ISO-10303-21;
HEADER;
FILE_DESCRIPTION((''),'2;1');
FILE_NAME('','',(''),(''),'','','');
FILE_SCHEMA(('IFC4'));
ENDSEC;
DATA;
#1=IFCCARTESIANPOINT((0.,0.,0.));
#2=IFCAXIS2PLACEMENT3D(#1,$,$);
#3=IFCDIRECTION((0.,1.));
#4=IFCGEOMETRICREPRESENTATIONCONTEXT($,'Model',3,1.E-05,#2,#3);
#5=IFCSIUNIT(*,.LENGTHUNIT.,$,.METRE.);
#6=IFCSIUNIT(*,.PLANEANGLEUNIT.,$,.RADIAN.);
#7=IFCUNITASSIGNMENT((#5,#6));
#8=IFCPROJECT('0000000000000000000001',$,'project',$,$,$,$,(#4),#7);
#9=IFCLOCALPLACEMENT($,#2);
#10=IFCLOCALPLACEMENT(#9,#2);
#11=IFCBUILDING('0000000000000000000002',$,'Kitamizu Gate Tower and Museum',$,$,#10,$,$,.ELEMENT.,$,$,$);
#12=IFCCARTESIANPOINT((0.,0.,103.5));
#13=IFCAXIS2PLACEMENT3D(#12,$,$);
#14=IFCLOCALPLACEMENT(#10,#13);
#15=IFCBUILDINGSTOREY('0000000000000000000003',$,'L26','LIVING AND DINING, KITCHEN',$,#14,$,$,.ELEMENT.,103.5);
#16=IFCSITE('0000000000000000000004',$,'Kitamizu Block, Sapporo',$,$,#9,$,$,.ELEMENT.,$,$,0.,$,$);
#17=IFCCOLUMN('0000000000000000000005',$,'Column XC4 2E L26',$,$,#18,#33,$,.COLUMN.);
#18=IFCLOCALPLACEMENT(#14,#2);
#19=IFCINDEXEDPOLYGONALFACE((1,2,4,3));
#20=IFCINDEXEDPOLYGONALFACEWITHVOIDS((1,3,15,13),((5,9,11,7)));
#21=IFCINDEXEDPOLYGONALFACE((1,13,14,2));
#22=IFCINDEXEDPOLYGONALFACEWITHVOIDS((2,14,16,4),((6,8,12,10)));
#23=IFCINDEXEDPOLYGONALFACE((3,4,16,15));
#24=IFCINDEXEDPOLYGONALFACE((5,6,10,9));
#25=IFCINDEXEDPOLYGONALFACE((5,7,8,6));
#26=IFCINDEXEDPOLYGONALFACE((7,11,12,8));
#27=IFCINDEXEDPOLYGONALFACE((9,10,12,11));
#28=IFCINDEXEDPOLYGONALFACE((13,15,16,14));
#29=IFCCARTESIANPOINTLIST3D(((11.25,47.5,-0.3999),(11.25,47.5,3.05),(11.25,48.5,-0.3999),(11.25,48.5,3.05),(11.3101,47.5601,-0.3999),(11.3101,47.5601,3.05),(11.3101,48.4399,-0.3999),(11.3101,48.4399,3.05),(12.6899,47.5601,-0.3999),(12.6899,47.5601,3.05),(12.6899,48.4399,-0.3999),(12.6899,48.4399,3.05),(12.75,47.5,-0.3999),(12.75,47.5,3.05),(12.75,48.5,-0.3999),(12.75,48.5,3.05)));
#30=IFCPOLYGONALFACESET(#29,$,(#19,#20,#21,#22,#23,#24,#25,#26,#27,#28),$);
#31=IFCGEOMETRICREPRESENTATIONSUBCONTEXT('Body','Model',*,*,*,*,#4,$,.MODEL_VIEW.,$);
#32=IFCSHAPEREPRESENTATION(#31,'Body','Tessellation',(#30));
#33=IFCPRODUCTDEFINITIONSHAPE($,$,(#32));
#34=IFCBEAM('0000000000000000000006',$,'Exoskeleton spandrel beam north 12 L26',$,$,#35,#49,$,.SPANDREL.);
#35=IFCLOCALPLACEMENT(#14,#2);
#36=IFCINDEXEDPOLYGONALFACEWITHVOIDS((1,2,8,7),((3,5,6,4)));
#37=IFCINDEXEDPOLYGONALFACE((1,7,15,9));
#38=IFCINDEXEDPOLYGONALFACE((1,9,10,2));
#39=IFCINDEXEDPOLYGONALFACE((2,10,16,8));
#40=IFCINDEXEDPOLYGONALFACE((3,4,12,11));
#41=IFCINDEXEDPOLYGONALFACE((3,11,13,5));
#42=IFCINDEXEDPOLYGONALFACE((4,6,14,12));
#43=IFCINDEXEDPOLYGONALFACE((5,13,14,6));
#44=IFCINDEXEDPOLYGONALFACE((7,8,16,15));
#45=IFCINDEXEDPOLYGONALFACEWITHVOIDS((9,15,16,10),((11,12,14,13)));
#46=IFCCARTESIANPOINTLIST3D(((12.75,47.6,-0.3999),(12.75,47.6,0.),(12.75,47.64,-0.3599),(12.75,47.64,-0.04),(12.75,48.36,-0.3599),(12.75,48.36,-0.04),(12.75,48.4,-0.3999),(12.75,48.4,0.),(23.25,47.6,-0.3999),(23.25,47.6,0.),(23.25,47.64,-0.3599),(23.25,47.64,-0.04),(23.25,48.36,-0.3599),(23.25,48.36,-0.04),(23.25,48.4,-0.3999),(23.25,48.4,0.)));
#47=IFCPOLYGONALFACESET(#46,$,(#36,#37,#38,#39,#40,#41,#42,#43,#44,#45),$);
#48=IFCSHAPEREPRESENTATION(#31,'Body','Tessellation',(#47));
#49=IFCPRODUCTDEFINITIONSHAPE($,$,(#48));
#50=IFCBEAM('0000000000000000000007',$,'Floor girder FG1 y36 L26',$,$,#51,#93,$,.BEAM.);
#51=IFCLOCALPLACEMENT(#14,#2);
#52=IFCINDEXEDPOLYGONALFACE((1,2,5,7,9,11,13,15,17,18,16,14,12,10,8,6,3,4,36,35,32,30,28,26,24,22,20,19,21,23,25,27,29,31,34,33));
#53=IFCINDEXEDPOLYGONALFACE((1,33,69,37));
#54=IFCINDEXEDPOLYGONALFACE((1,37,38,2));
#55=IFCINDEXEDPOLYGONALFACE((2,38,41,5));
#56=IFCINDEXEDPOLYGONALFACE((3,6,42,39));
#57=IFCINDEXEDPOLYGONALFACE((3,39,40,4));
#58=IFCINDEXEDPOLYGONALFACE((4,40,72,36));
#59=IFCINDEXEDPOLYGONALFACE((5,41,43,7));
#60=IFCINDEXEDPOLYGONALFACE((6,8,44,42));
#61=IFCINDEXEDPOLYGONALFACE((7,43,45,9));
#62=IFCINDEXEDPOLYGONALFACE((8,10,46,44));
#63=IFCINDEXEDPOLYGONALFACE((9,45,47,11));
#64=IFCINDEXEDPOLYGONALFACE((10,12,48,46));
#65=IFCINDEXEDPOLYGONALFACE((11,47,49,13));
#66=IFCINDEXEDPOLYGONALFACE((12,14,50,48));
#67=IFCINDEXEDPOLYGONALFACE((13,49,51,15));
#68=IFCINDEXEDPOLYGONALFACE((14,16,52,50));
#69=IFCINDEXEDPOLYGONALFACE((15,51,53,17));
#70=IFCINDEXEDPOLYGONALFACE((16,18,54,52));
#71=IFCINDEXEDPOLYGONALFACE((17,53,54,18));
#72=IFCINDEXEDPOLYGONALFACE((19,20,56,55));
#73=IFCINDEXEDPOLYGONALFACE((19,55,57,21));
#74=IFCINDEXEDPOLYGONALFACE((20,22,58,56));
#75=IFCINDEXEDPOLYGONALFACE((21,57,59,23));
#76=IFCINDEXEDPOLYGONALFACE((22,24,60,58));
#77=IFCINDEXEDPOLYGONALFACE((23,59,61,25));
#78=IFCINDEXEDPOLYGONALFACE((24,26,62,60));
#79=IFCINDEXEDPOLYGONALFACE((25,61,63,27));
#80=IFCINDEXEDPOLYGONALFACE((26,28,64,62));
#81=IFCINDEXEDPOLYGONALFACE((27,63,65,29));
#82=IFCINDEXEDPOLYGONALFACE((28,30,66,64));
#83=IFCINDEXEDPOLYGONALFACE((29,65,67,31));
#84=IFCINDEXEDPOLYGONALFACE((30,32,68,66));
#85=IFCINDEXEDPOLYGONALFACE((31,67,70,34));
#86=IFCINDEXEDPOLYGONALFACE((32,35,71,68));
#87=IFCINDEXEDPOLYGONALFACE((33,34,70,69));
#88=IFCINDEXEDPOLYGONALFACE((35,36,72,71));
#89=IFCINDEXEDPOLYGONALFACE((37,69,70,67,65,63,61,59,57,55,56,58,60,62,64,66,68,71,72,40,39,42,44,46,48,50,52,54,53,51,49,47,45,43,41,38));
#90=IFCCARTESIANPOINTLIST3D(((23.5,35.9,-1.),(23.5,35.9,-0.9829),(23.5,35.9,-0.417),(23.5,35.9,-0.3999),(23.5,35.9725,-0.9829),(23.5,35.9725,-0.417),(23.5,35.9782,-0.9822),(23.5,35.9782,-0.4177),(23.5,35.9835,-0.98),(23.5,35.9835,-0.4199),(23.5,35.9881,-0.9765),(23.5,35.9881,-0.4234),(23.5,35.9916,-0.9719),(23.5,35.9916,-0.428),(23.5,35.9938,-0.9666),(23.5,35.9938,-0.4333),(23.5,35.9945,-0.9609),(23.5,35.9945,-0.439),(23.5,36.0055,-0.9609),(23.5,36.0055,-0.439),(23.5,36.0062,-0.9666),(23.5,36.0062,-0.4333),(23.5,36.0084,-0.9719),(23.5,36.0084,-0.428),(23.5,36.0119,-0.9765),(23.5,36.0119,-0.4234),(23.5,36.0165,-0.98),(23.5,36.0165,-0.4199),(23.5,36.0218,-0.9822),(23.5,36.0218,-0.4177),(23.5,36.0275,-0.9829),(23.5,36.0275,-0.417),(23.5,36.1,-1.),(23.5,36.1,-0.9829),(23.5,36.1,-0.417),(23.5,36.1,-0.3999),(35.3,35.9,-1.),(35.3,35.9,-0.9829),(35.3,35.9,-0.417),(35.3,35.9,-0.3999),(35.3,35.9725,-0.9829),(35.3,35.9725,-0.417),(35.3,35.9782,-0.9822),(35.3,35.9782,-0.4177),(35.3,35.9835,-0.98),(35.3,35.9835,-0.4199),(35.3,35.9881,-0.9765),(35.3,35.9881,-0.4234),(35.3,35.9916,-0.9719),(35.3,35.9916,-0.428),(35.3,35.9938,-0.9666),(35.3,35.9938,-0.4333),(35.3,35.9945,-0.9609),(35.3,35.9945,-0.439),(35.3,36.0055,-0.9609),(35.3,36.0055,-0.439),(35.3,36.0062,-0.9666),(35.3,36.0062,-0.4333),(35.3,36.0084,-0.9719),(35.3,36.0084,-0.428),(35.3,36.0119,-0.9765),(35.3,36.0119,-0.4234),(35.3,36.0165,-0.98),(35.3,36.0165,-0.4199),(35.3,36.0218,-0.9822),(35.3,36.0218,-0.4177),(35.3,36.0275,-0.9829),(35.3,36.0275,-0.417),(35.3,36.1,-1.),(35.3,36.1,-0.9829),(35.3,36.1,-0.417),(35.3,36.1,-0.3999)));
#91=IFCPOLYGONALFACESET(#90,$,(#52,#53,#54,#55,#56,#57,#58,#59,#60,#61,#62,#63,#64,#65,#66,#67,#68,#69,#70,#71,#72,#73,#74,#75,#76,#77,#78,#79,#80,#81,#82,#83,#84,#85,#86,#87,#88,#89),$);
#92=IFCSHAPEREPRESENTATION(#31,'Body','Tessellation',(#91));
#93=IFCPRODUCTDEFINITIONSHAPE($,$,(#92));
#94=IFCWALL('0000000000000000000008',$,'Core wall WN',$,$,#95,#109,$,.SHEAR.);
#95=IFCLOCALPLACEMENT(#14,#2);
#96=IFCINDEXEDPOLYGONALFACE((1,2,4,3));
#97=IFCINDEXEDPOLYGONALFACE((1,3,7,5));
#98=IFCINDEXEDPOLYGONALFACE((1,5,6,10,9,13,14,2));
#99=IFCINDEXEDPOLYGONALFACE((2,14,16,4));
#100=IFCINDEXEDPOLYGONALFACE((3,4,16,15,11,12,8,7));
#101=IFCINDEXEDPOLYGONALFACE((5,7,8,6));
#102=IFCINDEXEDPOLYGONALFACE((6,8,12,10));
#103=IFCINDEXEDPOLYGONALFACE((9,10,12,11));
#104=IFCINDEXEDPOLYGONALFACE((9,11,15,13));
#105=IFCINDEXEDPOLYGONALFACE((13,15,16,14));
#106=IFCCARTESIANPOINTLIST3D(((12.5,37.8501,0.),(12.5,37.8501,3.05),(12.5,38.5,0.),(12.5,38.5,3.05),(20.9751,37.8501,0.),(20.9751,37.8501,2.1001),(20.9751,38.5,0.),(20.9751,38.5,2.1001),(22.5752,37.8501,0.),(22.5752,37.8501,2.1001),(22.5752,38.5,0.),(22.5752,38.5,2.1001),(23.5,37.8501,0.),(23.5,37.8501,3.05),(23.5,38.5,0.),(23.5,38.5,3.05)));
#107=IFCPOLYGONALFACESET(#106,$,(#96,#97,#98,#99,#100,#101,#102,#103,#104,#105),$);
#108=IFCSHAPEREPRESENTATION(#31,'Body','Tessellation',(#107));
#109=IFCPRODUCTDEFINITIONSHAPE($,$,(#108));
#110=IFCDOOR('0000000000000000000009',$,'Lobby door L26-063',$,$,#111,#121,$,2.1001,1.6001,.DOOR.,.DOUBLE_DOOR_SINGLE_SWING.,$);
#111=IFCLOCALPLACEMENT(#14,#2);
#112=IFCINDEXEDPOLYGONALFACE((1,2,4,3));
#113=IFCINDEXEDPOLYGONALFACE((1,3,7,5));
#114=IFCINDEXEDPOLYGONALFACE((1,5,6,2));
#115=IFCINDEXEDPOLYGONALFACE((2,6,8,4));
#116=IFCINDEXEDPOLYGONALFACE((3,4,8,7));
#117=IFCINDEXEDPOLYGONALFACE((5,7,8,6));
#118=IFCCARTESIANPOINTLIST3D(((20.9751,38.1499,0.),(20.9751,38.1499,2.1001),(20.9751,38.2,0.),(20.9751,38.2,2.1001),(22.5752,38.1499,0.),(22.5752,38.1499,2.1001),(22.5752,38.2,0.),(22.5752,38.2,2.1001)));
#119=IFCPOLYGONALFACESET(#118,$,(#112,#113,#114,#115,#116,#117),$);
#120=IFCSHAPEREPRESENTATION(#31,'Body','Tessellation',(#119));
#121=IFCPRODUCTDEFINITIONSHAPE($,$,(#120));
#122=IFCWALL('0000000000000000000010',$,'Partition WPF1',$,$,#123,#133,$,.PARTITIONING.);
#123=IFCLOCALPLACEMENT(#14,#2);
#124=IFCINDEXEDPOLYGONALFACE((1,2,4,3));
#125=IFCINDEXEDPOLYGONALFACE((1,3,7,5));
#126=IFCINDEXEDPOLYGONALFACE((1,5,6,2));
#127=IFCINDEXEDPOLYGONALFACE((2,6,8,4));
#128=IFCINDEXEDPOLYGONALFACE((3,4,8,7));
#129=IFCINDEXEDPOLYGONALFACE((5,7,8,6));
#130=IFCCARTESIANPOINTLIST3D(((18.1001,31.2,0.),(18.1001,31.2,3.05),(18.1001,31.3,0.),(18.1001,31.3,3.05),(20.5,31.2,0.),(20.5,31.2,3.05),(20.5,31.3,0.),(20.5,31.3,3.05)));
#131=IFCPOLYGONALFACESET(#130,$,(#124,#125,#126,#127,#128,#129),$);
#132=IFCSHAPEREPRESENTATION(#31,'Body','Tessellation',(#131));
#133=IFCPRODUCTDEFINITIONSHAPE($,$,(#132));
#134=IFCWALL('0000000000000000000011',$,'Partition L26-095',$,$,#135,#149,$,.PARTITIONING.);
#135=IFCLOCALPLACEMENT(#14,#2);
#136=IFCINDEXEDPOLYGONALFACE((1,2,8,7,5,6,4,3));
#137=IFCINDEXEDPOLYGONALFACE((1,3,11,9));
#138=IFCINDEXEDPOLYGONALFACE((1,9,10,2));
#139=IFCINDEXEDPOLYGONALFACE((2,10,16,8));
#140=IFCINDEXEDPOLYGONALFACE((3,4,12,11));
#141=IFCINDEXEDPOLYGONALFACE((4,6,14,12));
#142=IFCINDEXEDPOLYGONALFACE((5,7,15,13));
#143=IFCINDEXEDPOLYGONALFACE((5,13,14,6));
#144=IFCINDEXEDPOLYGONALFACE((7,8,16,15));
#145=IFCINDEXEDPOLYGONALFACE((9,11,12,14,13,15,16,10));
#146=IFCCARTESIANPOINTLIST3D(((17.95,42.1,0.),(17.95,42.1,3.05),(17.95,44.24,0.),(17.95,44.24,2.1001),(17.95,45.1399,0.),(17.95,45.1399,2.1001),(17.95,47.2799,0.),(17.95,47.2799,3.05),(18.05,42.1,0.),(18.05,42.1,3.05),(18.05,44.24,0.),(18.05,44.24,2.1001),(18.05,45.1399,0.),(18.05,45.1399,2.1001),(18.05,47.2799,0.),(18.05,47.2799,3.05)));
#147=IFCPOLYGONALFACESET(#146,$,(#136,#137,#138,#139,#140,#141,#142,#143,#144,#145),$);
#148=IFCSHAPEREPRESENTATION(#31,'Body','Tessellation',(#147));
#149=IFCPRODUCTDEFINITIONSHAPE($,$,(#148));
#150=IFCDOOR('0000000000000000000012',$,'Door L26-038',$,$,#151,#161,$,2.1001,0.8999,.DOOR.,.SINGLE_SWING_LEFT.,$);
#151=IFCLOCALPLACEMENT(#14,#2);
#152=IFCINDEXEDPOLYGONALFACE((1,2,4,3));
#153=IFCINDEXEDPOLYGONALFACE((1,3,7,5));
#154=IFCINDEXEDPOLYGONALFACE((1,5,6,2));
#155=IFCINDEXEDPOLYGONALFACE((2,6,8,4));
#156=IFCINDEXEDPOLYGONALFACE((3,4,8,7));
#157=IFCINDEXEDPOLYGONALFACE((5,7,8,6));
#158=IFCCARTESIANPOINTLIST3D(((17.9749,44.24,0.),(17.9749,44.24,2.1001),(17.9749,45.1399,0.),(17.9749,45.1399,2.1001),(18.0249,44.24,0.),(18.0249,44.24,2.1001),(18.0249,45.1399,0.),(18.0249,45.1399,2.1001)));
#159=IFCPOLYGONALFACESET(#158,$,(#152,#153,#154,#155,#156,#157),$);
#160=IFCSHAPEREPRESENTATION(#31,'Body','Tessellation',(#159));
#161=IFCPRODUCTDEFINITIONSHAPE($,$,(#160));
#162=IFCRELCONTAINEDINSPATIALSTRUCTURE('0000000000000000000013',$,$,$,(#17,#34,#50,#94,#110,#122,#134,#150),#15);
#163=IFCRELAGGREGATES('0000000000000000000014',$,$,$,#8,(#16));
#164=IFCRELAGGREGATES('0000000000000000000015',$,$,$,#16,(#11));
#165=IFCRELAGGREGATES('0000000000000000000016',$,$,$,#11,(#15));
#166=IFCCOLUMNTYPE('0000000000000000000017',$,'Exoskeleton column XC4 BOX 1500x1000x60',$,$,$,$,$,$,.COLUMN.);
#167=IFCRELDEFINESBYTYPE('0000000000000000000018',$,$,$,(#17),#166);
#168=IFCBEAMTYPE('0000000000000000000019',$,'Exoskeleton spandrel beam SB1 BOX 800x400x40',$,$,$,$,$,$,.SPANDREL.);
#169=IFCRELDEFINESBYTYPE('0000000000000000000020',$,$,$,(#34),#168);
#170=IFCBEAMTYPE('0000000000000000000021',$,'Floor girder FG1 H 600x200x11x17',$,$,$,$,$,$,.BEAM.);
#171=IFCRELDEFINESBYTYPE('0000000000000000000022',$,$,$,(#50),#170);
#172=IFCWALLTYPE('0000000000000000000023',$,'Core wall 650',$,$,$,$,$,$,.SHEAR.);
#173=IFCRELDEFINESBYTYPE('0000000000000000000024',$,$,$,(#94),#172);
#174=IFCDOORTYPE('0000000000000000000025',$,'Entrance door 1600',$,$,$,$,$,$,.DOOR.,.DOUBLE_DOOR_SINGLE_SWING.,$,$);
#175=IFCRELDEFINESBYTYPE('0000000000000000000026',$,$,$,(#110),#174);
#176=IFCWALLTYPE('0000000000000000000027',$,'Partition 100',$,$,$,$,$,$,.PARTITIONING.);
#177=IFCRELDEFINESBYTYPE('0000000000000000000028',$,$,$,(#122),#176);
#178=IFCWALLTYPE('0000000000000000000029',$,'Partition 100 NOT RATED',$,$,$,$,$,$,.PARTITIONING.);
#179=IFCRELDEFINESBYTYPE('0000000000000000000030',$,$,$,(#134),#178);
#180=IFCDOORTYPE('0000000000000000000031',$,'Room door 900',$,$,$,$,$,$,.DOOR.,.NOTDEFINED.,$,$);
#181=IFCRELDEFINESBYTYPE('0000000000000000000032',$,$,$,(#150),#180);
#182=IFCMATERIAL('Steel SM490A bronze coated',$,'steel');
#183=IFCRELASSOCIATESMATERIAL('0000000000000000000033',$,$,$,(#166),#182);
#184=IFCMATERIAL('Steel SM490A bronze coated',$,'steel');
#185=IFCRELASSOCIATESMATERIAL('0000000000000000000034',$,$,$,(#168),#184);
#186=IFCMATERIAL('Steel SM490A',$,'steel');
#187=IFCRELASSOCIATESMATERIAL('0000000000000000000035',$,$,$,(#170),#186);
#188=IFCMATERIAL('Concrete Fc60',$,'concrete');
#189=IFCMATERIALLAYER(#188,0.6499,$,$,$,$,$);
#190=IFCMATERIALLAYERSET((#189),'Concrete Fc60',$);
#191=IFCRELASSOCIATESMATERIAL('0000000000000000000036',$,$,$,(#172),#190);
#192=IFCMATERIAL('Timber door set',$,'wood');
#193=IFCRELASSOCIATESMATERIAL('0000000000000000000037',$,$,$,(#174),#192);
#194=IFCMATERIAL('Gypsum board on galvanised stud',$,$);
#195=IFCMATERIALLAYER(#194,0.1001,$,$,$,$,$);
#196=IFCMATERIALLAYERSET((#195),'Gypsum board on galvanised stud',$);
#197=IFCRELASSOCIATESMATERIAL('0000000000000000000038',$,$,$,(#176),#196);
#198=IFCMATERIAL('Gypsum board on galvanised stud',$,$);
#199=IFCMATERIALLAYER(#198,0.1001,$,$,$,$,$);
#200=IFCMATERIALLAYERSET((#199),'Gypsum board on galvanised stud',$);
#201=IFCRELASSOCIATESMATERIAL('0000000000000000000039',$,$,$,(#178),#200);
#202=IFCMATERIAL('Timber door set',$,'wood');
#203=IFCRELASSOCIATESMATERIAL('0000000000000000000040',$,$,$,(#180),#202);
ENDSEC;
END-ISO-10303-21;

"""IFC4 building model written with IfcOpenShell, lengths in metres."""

from ifc_helpers import new_model, si_unit, direction, frame, frame_2d, origin, origin_2d, place, context, subcontext, project, spatial, rectangle, hollow_rectangle, i_section, extrude, material, layer, layer_set, material_profile, profile_set, type_object, element, fill, save


model = new_model("IFC4")

# Units and contexts
model_context = context("Model", 3, precision=1e-05, world=origin(), true_north=direction((0.0, 1.0)))
body_context = subcontext(model_context, "Body", "Model", "MODEL_VIEW")
ifc_project = project(units=[si_unit("LENGTHUNIT", "METRE"), si_unit("PLANEANGLEUNIT", "RADIAN")], contexts=[model_context])

# Site, building, storey
site_placement = place(None, origin())
site = spatial("IfcSite", under=ifc_project, at=site_placement, Name="Kitamizu Block, Sapporo", CompositionType="ELEMENT", RefElevation=0.0)
building_placement = place(site_placement, origin())
building = spatial("IfcBuilding", under=site, at=building_placement, Name="Kitamizu Gate Tower and Museum", CompositionType="ELEMENT")
storey_placement = place(building_placement, frame((0.0, 0.0, 103.5)))
storey = spatial("IfcBuildingStorey", under=building, at=storey_placement, Name="L26", Description="LIVING AND DINING, KITCHEN", CompositionType="ELEMENT", Elevation=103.5)

# Column
ifc_material_1 = material(Name="Steel SM490A bronze coated", Category="steel")
ifc_material_profile_1 = material_profile(ifc_material_1, hollow_rectangle(XDim=1.5, YDim=1.0, WallThickness=0.0601, at=origin_2d()), Name="BOX 1500x1000x60")
ifc_profile_set_1 = profile_set([ifc_material_profile_1], Name="Steel SM490A bronze coated")
column_type = type_object("IfcColumnType", Name="Exoskeleton column XC4 BOX 1500x1000x60", PredefinedType="COLUMN", material=ifc_profile_set_1)
column_placement = place(storey_placement, frame((12.0, 48.0, -0.3999), z_axis=(0.0, 0.0, 1.0), x_axis=(1.0, 0.0, 0.0)))
element("IfcColumn", 1, at=column_placement, inside=storey, type_object=column_type, Name="Column XC4 2E L26", PredefinedType="COLUMN", context=body_context, shape_type="SweptSolid", body=[
    extrude(hollow_rectangle(XDim=1.5, YDim=1.0, WallThickness=0.0601, at=origin_2d()), origin(), (0.0, 0.0, 1.0), 3.45),
])

# Beams
ifc_material_2 = material(Name="Steel SM490A bronze coated", Category="steel")
ifc_material_profile_2 = material_profile(ifc_material_2, hollow_rectangle(XDim=0.8, YDim=0.3999, WallThickness=0.04, at=origin_2d()), Name="BOX 800x400x40")
ifc_profile_set_2 = profile_set([ifc_material_profile_2], Name="Steel SM490A bronze coated")
beam_type_1 = type_object("IfcBeamType", Name="Exoskeleton spandrel beam SB1 BOX 800x400x40", PredefinedType="SPANDREL", material=ifc_profile_set_2)
beam_1_placement = place(storey_placement, frame((12.75, 48.0, -0.2), z_axis=(1.0, 0.0, 0.0), x_axis=(0.0, 1.0, 0.0)))
element("IfcBeam", 2, at=beam_1_placement, inside=storey, type_object=beam_type_1, Name="Exoskeleton spandrel beam north 12 L26", PredefinedType="SPANDREL", context=body_context, shape_type="SweptSolid", body=[
    extrude(hollow_rectangle(XDim=0.8, YDim=0.3999, WallThickness=0.04, at=origin_2d()), origin(), (0.0, 0.0, 1.0), 10.5),
])
ifc_material_3 = material(Name="Steel SM490A", Category="steel")
ifc_material_profile_3 = material_profile(ifc_material_3, i_section(OverallWidth=0.2, OverallDepth=0.6001, WebThickness=0.011, FlangeThickness=0.0171, FilletRadius=0.022, at=origin_2d()), Name="H-600x200x11x17")
ifc_profile_set_3 = profile_set([ifc_material_profile_3], Name="Steel SM490A")
beam_type_2 = type_object("IfcBeamType", Name="Floor girder FG1 H 600x200x11x17", PredefinedType="BEAM", material=ifc_profile_set_3)
beam_2_placement = place(storey_placement, frame((23.5, 36.0, -0.7), z_axis=(1.0, 0.0, 0.0), x_axis=(0.0, 1.0, 0.0)))
element("IfcBeam", 3, at=beam_2_placement, inside=storey, type_object=beam_type_2, Name="Floor girder FG1 y36 L26", PredefinedType="BEAM", context=body_context, shape_type="SweptSolid", body=[
    extrude(i_section(OverallWidth=0.2, OverallDepth=0.6001, WebThickness=0.011, FlangeThickness=0.0171, FilletRadius=0.022, at=origin_2d()), origin(), (0.0, 0.0, 1.0), 11.8),
])

# Wall, opening, door
ifc_material_4 = material(Name="Concrete Fc60", Category="concrete")
ifc_layer_1 = layer(ifc_material_4, 0.6499)
ifc_layer_set_1 = layer_set([ifc_layer_1], Name="Concrete Fc60")
wall_type_1 = type_object("IfcWallType", Name="Core wall 650", PredefinedType="SHEAR", material=ifc_layer_set_1)
wall_1_placement = place(storey_placement, frame((12.5, 38.175, 0.0), z_axis=(0.0, 0.0, 1.0), x_axis=(1.0, 0.0, 0.0)))
wall_1 = element("IfcWall", 4, at=wall_1_placement, inside=storey, type_object=wall_type_1, Name="Core wall WN", PredefinedType="SHEAR", context=body_context, shape_type="SweptSolid", body=[
    extrude(rectangle(XDim=11.0, YDim=0.6499, at=frame_2d((5.5, 0.0))), origin(), (0.0, 0.0, 1.0), 3.05),
])
opening_1_placement = place(wall_1_placement, frame((8.4751, 0.0, 0.0)))
opening_1 = element("IfcOpeningElement", 5, at=opening_1_placement, cuts=wall_1, PredefinedType="OPENING", context=body_context, shape_type="SweptSolid", body=[
    extrude(rectangle(XDim=1.6001, YDim=2.1001, at=frame_2d((0.8, 1.05))), frame((0.0, 0.335, 0.0), z_axis=(0.0, -1.0, 0.0), x_axis=(1.0, 0.0, 0.0)), (0.0, 0.0, 1.0), 0.6699),
])
ifc_material_5 = material(Name="Timber door set", Category="wood")
door_type_1 = type_object("IfcDoorType", Name="Entrance door 1600", OperationType="DOUBLE_DOOR_SINGLE_SWING", PredefinedType="DOOR", material=ifc_material_5)
door_1_placement = place(opening_1_placement, origin())
door_1 = element("IfcDoor", 6, at=door_1_placement, inside=storey, type_object=door_type_1, Name="Lobby door L26-063", OperationType="DOUBLE_DOOR_SINGLE_SWING", OverallHeight=2.1001, OverallWidth=1.6001, PredefinedType="DOOR", context=body_context, shape_type="SweptSolid", body=[
    extrude(rectangle(XDim=1.6001, YDim=2.1001, at=frame_2d((0.8, 1.05))), frame((0.0, 0.0249, 0.0), z_axis=(0.0, -1.0, 0.0), x_axis=(1.0, 0.0, 0.0)), (0.0, 0.0, 1.0), 0.05),
])
fill(opening_1, door_1)

# Wall
ifc_material_6 = material(Name="Gypsum board on galvanised stud")
ifc_layer_2 = layer(ifc_material_6, 0.1001)
ifc_layer_set_2 = layer_set([ifc_layer_2], Name="Gypsum board on galvanised stud")
wall_type_2 = type_object("IfcWallType", Name="Partition 100", PredefinedType="PARTITIONING", material=ifc_layer_set_2)
wall_2_placement = place(storey_placement, frame((18.1001, 31.25, 0.0), z_axis=(0.0, 0.0, 1.0), x_axis=(1.0, 0.0, 0.0)))
element("IfcWall", 7, at=wall_2_placement, inside=storey, type_object=wall_type_2, Name="Partition WPF1", PredefinedType="PARTITIONING", context=body_context, shape_type="SweptSolid", body=[
    extrude(rectangle(XDim=2.3999, YDim=0.1001, at=frame_2d((1.2, 0.0))), origin(), (0.0, 0.0, 1.0), 3.05),
])

# Wall, opening, door
ifc_material_7 = material(Name="Gypsum board on galvanised stud")
ifc_layer_3 = layer(ifc_material_7, 0.1001)
ifc_layer_set_3 = layer_set([ifc_layer_3], Name="Gypsum board on galvanised stud")
wall_type_3 = type_object("IfcWallType", Name="Partition 100 NOT RATED", PredefinedType="PARTITIONING", material=ifc_layer_set_3)
wall_3_placement = place(storey_placement, frame((18.0, 42.1001, 0.0), z_axis=(0.0, 0.0, 1.0), x_axis=(0.0, 1.0, 0.0)))
wall_3 = element("IfcWall", 8, at=wall_3_placement, inside=storey, type_object=wall_type_3, Name="Partition L26-095", PredefinedType="PARTITIONING", context=body_context, shape_type="SweptSolid", body=[
    extrude(rectangle(XDim=5.1799, YDim=0.1001, at=frame_2d((2.5898, 0.0))), origin(), (0.0, 0.0, 1.0), 3.05),
])
opening_2_placement = place(wall_3_placement, frame((2.1399, 0.0, 0.0)))
opening_2 = element("IfcOpeningElement", 9, at=opening_2_placement, cuts=wall_3, PredefinedType="OPENING", context=body_context, shape_type="SweptSolid", body=[
    extrude(rectangle(XDim=0.8999, YDim=2.1001, at=frame_2d((0.45, 1.05))), frame((0.0, 0.0601, 0.0), z_axis=(0.0, -1.0, 0.0), x_axis=(1.0, 0.0, 0.0)), (0.0, 0.0, 1.0), 0.1201),
])
ifc_material_8 = material(Name="Timber door set", Category="wood")
door_type_2 = type_object("IfcDoorType", Name="Room door 900", OperationType="NOTDEFINED", PredefinedType="DOOR", material=ifc_material_8)
door_2_placement = place(opening_2_placement, frame((0.8999, 0.0, 0.0), x_axis=(-1.0, 0.0, 0.0)))
door_2 = element("IfcDoor", 10, at=door_2_placement, inside=storey, type_object=door_type_2, Name="Door L26-038", OperationType="SINGLE_SWING_LEFT", OverallHeight=2.1001, OverallWidth=0.8999, PredefinedType="DOOR", context=body_context, shape_type="SweptSolid", body=[
    extrude(rectangle(XDim=0.8999, YDim=2.1001, at=frame_2d((0.45, 1.05))), frame((0.0, 0.0249, 0.0), z_axis=(0.0, -1.0, 0.0), x_axis=(1.0, 0.0, 0.0)), (0.0, 0.0, 1.0), 0.05),
])
fill(opening_2, door_2)

save(model, "model.ifc")
